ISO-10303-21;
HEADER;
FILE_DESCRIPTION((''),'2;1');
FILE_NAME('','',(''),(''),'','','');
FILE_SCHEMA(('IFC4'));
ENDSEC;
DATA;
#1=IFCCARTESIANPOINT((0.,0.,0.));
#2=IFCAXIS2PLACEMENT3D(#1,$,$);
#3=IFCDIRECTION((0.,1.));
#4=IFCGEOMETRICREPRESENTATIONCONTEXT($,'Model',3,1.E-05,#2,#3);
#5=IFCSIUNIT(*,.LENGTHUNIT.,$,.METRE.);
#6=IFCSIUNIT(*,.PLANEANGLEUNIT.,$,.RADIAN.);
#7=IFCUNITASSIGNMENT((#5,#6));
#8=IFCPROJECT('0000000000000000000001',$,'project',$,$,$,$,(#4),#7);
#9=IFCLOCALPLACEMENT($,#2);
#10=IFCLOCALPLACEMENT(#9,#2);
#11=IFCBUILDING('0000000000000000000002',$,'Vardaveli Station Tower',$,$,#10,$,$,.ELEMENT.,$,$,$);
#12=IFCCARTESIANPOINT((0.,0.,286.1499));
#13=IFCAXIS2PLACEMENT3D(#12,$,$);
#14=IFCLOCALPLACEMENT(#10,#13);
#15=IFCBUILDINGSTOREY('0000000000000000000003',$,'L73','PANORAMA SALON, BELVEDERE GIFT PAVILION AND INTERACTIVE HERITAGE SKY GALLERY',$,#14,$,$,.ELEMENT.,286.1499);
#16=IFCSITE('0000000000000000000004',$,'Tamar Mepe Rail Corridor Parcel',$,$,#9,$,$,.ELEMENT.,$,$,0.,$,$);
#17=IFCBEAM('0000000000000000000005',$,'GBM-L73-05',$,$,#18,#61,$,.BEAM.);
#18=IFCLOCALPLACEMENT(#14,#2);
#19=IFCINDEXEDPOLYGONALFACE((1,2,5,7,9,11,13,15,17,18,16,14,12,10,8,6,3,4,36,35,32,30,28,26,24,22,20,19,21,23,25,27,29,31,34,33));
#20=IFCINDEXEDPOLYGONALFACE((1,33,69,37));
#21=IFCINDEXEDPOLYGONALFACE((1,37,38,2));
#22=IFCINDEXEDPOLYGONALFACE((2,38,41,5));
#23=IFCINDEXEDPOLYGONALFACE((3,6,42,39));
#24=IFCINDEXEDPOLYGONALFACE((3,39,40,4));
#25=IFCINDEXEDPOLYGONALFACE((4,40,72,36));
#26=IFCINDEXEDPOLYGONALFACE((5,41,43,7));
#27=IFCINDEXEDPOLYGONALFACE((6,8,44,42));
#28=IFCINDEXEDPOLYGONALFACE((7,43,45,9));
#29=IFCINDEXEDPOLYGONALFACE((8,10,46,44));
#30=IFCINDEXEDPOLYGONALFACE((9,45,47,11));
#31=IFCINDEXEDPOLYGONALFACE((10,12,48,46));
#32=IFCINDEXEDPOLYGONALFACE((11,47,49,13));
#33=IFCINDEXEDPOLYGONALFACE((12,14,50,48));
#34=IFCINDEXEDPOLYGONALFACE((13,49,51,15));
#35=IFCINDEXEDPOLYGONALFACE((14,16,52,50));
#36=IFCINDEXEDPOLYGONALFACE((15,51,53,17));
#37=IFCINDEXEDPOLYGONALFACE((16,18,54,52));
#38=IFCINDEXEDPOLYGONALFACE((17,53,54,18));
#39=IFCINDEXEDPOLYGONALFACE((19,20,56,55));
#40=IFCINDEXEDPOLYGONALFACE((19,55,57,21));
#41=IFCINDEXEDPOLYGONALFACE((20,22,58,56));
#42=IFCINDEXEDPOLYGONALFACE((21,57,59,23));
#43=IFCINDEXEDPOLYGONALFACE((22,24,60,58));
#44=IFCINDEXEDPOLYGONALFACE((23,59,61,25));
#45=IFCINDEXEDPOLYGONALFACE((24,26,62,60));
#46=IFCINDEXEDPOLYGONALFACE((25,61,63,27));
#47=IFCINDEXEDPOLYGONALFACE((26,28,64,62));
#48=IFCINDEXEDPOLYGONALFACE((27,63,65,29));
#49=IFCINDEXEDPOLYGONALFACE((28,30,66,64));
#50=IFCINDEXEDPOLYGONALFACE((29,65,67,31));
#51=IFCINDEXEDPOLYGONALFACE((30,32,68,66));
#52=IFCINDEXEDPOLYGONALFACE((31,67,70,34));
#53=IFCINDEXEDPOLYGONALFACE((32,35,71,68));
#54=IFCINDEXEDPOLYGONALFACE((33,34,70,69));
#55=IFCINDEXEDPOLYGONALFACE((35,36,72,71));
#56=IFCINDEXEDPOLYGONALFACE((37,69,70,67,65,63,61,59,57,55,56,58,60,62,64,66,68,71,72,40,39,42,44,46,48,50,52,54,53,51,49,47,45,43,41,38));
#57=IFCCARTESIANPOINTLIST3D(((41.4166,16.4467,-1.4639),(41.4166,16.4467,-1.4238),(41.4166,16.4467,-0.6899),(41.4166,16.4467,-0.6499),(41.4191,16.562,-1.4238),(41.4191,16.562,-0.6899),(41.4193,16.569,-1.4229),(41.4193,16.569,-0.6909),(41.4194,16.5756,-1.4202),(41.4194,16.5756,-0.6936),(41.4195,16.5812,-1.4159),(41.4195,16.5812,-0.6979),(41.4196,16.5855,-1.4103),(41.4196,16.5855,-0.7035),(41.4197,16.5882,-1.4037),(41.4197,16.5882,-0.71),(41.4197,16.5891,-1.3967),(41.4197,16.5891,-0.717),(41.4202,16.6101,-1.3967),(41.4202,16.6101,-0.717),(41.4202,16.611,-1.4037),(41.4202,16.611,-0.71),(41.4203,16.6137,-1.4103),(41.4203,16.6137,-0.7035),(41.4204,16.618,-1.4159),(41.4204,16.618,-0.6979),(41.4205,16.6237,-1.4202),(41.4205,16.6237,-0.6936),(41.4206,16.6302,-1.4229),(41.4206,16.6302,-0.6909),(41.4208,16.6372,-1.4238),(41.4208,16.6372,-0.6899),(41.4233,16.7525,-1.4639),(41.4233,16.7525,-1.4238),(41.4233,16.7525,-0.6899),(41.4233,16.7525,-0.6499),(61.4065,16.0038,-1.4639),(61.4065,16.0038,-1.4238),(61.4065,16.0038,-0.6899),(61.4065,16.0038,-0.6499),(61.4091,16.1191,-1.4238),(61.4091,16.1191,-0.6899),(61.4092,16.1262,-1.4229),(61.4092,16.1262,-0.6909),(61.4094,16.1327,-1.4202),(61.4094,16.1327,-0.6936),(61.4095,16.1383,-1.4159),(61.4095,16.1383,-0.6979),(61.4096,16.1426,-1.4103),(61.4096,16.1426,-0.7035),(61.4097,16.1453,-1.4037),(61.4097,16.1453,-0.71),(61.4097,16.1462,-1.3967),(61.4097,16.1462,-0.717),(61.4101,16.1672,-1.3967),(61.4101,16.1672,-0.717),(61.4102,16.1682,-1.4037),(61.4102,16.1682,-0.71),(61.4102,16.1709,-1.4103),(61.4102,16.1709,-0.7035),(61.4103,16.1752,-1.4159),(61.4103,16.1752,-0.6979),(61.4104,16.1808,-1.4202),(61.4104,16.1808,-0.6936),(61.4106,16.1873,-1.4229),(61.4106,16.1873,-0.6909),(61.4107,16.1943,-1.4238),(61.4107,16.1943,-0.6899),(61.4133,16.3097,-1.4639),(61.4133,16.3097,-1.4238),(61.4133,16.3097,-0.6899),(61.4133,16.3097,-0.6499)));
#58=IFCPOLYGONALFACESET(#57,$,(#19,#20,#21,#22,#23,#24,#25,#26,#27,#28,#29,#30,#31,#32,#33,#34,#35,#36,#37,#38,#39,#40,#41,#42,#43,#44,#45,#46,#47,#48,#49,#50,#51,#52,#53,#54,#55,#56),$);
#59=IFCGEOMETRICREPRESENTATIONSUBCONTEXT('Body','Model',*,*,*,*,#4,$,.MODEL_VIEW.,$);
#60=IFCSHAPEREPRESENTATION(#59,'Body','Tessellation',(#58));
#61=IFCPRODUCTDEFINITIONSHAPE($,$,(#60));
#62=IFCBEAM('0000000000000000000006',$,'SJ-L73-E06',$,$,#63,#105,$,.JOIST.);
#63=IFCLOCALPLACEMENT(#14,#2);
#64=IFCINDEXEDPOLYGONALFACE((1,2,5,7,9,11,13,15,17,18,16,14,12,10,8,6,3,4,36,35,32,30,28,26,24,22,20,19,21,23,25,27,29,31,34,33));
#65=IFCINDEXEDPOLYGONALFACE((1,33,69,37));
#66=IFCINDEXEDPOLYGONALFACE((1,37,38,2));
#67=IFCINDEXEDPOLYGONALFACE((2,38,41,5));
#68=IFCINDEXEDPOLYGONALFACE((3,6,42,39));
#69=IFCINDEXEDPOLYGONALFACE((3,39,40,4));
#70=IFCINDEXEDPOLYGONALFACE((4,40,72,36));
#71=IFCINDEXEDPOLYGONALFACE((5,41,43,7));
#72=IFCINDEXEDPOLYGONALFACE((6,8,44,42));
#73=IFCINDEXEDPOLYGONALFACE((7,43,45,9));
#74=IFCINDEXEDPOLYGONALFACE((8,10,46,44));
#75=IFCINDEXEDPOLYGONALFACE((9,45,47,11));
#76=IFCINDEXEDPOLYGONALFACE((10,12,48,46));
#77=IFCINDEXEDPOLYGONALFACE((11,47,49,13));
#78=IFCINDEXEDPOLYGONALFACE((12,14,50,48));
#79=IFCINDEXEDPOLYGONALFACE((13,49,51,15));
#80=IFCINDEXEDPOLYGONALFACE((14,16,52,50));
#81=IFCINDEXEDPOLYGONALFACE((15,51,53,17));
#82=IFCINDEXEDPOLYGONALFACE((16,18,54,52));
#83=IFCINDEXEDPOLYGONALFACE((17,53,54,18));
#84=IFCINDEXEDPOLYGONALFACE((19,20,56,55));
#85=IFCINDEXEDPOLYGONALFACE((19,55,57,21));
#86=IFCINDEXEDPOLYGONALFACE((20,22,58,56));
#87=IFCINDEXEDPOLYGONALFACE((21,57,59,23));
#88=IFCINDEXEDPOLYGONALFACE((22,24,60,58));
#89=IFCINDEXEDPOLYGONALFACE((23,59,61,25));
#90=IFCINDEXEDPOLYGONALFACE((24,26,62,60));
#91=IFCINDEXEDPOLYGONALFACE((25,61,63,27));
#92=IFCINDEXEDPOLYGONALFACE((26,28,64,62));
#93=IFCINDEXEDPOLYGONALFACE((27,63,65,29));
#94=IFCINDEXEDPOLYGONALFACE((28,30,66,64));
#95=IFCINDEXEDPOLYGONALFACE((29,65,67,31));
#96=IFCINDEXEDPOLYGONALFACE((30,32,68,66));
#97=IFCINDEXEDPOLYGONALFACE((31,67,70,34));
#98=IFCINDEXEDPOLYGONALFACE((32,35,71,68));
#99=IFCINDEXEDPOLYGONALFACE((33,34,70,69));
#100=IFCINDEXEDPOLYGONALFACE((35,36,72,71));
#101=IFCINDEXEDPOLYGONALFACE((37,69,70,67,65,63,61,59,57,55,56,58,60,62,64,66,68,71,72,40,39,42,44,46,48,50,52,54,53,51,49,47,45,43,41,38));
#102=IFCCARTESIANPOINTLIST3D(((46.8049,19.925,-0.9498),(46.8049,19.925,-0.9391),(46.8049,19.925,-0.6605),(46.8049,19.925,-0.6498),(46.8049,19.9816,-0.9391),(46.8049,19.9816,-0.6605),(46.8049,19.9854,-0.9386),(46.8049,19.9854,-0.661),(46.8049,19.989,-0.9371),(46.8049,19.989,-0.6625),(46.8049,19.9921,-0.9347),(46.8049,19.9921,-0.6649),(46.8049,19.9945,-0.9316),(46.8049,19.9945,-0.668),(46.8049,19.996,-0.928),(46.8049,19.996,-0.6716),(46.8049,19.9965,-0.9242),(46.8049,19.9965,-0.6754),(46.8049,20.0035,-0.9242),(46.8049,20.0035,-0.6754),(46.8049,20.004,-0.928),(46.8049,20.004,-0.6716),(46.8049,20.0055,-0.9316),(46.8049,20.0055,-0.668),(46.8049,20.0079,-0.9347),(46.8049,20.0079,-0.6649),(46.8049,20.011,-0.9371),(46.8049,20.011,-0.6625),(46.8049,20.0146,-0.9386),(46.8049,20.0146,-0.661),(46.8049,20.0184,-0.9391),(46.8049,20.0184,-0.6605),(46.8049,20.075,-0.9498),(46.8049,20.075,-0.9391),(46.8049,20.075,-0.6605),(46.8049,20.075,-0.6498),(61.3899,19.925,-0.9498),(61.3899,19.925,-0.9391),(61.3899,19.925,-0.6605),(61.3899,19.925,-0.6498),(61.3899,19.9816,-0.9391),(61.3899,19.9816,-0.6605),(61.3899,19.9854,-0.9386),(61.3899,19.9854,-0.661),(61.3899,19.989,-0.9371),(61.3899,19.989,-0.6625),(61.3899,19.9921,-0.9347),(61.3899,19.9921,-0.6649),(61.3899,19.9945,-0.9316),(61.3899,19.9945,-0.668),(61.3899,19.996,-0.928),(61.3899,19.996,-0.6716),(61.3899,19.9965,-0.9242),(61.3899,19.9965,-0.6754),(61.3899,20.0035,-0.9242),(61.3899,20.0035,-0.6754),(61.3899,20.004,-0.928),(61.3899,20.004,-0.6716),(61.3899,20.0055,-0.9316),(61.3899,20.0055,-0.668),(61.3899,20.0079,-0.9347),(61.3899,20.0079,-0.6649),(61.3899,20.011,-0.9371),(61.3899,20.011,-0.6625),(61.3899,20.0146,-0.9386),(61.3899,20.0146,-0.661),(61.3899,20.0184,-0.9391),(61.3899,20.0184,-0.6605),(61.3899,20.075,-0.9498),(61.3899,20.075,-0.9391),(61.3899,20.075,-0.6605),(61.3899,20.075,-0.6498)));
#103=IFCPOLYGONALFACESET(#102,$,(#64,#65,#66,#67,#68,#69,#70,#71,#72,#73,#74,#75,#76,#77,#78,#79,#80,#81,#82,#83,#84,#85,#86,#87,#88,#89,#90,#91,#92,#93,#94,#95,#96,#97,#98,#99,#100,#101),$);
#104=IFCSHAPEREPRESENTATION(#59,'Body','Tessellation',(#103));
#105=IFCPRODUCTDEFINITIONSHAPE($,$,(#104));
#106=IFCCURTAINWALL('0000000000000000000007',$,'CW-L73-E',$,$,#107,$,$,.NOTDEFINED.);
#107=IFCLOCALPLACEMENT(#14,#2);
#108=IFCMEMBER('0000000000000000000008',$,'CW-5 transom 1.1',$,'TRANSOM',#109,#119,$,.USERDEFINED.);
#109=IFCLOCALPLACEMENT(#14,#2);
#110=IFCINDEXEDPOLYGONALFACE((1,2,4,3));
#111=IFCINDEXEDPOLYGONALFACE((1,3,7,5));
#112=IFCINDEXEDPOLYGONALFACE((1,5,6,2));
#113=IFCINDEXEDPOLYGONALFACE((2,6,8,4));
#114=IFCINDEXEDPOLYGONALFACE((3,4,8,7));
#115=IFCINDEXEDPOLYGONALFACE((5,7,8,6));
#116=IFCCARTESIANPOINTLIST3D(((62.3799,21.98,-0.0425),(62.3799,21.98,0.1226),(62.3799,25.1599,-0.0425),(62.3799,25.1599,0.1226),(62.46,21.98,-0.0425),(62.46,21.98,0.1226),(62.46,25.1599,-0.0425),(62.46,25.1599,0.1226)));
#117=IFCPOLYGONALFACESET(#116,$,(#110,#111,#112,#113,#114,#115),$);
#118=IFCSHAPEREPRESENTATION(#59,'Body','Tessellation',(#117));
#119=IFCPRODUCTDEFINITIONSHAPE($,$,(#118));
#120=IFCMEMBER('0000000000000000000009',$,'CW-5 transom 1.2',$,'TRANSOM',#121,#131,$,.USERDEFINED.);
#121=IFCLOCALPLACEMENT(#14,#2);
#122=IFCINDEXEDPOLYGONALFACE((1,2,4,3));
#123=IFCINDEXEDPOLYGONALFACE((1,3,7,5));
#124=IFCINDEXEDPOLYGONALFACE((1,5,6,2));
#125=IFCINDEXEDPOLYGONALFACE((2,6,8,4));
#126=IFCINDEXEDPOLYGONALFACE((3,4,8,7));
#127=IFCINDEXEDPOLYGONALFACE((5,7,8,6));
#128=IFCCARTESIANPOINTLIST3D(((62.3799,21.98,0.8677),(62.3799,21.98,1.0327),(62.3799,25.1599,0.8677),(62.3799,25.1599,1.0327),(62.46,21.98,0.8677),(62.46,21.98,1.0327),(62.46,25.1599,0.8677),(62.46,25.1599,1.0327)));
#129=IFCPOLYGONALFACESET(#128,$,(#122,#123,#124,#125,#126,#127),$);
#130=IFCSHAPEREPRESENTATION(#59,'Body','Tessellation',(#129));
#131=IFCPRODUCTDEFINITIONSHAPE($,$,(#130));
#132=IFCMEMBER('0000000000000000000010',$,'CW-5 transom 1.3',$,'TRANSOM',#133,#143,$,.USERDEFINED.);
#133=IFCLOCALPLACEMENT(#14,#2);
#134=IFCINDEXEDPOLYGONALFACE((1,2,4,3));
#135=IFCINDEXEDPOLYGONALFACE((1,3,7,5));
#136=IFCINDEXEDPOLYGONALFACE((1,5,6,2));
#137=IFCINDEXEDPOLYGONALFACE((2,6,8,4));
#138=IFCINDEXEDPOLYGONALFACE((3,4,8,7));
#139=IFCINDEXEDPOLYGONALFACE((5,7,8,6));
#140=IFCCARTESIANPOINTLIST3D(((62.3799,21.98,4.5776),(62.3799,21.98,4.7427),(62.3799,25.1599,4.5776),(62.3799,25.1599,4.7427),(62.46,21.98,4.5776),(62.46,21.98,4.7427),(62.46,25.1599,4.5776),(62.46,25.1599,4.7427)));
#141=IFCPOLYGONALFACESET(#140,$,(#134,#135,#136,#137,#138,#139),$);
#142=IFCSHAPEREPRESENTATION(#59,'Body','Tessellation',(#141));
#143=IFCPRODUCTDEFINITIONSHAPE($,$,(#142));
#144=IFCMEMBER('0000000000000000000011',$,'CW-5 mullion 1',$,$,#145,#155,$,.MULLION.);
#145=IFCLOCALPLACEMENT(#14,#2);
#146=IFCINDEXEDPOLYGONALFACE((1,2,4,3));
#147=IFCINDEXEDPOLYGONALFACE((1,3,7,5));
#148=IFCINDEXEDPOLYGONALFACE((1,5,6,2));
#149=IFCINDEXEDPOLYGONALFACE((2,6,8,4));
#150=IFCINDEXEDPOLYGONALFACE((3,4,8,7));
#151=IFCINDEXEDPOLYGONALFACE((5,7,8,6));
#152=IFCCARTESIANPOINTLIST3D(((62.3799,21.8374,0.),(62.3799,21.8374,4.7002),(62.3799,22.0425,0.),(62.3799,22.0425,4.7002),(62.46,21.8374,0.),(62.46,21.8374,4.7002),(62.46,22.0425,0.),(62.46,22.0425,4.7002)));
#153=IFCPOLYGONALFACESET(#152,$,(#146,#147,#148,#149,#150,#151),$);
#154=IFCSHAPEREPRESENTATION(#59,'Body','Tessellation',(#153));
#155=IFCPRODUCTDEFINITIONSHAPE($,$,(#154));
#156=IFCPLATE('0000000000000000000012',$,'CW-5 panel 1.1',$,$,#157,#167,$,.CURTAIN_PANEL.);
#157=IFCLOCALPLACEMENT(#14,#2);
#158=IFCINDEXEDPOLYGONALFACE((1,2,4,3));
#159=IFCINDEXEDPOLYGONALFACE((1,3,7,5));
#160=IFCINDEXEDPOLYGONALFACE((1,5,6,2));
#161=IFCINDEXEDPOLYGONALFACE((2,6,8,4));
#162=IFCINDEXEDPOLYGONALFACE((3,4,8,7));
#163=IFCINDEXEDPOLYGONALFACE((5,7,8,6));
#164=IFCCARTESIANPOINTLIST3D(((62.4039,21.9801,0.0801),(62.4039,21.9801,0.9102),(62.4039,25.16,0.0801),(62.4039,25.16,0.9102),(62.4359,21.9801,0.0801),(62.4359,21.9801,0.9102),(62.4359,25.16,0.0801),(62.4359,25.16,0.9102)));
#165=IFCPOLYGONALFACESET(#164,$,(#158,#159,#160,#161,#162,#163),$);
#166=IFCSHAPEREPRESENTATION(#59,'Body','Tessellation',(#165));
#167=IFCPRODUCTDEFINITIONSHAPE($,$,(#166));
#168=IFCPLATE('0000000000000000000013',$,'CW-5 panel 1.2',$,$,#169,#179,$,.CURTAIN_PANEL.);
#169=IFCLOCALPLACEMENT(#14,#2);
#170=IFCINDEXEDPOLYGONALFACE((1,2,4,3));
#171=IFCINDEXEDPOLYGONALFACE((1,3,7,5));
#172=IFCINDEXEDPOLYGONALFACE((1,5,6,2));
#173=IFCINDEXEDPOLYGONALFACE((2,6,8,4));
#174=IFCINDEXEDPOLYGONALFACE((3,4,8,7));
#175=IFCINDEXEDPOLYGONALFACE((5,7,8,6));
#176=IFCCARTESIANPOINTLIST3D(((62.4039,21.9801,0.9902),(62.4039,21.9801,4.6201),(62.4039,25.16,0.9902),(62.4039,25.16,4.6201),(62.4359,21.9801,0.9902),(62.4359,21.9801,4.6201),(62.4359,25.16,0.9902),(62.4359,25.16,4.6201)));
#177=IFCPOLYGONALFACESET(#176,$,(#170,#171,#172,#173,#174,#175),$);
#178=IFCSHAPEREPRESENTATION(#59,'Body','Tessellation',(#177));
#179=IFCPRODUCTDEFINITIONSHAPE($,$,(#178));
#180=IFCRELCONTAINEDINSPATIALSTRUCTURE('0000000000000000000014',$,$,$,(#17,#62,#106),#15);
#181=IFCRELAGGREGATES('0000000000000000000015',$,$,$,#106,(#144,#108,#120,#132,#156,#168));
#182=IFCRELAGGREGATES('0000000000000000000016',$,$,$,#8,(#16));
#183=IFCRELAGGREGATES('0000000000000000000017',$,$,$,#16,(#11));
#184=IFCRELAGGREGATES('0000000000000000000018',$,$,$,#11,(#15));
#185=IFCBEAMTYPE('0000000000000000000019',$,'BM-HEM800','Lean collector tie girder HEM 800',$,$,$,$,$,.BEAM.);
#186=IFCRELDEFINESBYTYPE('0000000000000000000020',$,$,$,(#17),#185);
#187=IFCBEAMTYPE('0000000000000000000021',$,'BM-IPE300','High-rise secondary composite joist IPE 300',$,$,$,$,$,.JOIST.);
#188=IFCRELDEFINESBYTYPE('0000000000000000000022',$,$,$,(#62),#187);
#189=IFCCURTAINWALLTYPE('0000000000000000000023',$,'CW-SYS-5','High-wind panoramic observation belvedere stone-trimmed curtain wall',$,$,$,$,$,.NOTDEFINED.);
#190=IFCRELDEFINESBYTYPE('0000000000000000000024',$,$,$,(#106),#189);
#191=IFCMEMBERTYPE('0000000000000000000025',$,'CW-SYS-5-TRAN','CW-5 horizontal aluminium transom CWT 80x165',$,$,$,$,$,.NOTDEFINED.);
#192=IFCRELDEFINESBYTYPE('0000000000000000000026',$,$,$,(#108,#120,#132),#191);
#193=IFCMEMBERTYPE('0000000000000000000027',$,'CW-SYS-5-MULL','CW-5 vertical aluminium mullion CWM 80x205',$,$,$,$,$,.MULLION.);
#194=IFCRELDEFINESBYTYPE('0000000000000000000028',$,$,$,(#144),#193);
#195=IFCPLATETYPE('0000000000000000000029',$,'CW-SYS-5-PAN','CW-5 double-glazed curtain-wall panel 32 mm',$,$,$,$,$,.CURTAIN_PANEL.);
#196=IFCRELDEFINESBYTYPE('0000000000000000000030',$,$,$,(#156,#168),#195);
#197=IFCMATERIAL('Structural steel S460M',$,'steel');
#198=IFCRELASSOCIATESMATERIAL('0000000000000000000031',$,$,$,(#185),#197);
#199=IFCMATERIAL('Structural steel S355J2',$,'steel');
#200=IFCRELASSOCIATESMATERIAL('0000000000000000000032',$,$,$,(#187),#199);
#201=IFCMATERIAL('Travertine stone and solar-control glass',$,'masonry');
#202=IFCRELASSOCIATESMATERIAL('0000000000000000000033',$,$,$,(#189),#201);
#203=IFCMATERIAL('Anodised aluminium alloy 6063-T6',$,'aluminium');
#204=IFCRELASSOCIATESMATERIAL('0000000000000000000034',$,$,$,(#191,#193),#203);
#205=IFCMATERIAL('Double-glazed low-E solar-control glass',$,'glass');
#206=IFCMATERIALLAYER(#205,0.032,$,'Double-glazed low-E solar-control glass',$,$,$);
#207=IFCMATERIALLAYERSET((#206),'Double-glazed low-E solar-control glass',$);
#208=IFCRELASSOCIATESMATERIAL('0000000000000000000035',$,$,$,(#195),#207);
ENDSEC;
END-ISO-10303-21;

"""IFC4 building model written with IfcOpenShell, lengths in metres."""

from ifc_helpers import new_model, si_unit, direction, frame, origin, origin_2d, place, context, subcontext, project, spatial, rectangle, i_section, extrude, source, transform, mapped, material, layer, layer_set, material_profile, profile_set, type_object, element, aggregate, save


model = new_model("IFC4")

# Units and contexts
model_context = context("Model", 3, precision=1e-05, world=origin(), true_north=direction((0.0, 1.0)))
body_context = subcontext(model_context, "Body", "Model", "MODEL_VIEW")
ifc_project = project(units=[si_unit("LENGTHUNIT", "METRE"), si_unit("PLANEANGLEUNIT", "RADIAN")], contexts=[model_context])

# Site, building, storey
site_placement = place(None, origin())
site = spatial("IfcSite", under=ifc_project, at=site_placement, Name="Tamar Mepe Rail Corridor Parcel", CompositionType="ELEMENT", RefElevation=0.0)
building_placement = place(site_placement, origin())
building = spatial("IfcBuilding", under=site, at=building_placement, Name="Vardaveli Station Tower", CompositionType="ELEMENT")
storey_placement = place(building_placement, frame((0.0, 0.0, 286.1499)))
storey = spatial("IfcBuildingStorey", under=building, at=storey_placement, Name="L73", Description="PANORAMA SALON, BELVEDERE GIFT PAVILION AND INTERACTIVE HERITAGE SKY GALLERY", CompositionType="ELEMENT", Elevation=286.1499)

# Shared definitions
ifc_material_1 = material(Name="Structural steel S355J2", Category="steel")

# Beams
ifc_material_2 = material(Name="Structural steel S460M", Category="steel")
ifc_material_profile_1 = material_profile(ifc_material_2, i_section(OverallWidth=0.3059, OverallDepth=0.814, WebThickness=0.021, FlangeThickness=0.04, FilletRadius=0.0271, at=origin_2d()), Name="HEM 800")
ifc_profile_set_1 = profile_set([ifc_material_profile_1], Name="Structural steel S460M")
beam_type_1 = type_object("IfcBeamType", Name="BM-HEM800", Description="Lean collector tie girder HEM 800", PredefinedType="BEAM", material=ifc_profile_set_1)
shared_shape_1 = source(origin(), body_context, "Body", "SweptSolid", [
    extrude(i_section(OverallWidth=0.3059, OverallDepth=0.814, WebThickness=0.021, FlangeThickness=0.04, FilletRadius=0.0271, at=origin_2d()), origin(), (0.0, 0.0, 1.0), 19.9949),
])
beam_1_placement = place(storey_placement, frame((61.4099, 16.1567, -1.0569), z_axis=(-0.999755, 0.022149, 0.0), x_axis=(-0.022149, -0.999755, 0.0)))
element("IfcBeam", 1, at=beam_1_placement, inside=storey, type_object=beam_type_1, Name="GBM-L73-05", PredefinedType="BEAM", context=body_context, shape_type="MappedRepresentation", body=[
    mapped(shared_shape_1, transform((0.0, 0.0, 0.0), scale=1.0)),
])
ifc_material_profile_2 = material_profile(ifc_material_1, i_section(OverallWidth=0.1499, OverallDepth=0.3, WebThickness=0.0071, FlangeThickness=0.0107, FilletRadius=0.0149, at=origin_2d()), Name="IPE 300")
ifc_profile_set_2 = profile_set([ifc_material_profile_2], Name="Structural steel S355J2")
beam_type_2 = type_object("IfcBeamType", Name="BM-IPE300", Description="High-rise secondary composite joist IPE 300", PredefinedType="JOIST", material=ifc_profile_set_2)
shared_shape_2 = source(origin(), body_context, "Body", "SweptSolid", [
    extrude(i_section(OverallWidth=0.1499, OverallDepth=0.3, WebThickness=0.0071, FlangeThickness=0.0107, FilletRadius=0.0149, at=origin_2d()), origin(), (0.0, 0.0, 1.0), 14.585),
])
beam_2_placement = place(storey_placement, frame((46.8049, 20.0, -0.7998), z_axis=(1.0, 0.0, 0.0), x_axis=(0.0, 1.0, 0.0)))
element("IfcBeam", 2, at=beam_2_placement, inside=storey, type_object=beam_type_2, Name="SJ-L73-E06", PredefinedType="JOIST", context=body_context, shape_type="MappedRepresentation", body=[
    mapped(shared_shape_2, transform((0.0, 0.0, 0.0), scale=1.0)),
])

# Curtain wall, members, plates
ifc_material_3 = material(Name="Travertine stone and solar-control glass", Category="masonry")
curtain_wall_type = type_object("IfcCurtainWallType", Name="CW-SYS-5", Description="High-wind panoramic observation belvedere stone-trimmed curtain wall", PredefinedType="NOTDEFINED", material=ifc_material_3)
curtain_wall_placement = place(storey_placement, origin())
curtain_wall = element("IfcCurtainWall", 3, at=curtain_wall_placement, inside=storey, type_object=curtain_wall_type, Name="CW-L73-E", PredefinedType="NOTDEFINED")
ifc_material_4 = material(Name="Anodised aluminium alloy 6063-T6", Category="aluminium")
ifc_material_profile_3 = material_profile(ifc_material_4, rectangle(XDim=0.0801, YDim=0.165, at=origin_2d()), Name="CWT 80x165")
ifc_profile_set_3 = profile_set([ifc_material_profile_3], Name="Anodised aluminium alloy 6063-T6")
member_type_1 = type_object("IfcMemberType", Name="CW-SYS-5-TRAN", Description="CW-5 horizontal aluminium transom CWT 80x165", PredefinedType="NOTDEFINED", material=ifc_profile_set_3)
shared_shape_3 = source(origin(), body_context, "Body", "SweptSolid", [
    extrude(rectangle(XDim=0.0801, YDim=0.165, at=origin_2d()), origin(), (0.0, 0.0, 1.0), 3.1799),
])
member_1_placement = place(storey_placement, frame((62.4199, 21.98, 0.04), z_axis=(0.0, 1.0, 0.0), x_axis=(-1.0, 0.0, 0.0)))
member_1 = element("IfcMember", 4, at=member_1_placement, type_object=member_type_1, Name="CW-5 transom 1.1", ObjectType="TRANSOM", PredefinedType="USERDEFINED", context=body_context, shape_type="MappedRepresentation", body=[
    mapped(shared_shape_3, transform((0.0, 0.0, 0.0), scale=1.0)),
])
member_2_placement = place(storey_placement, frame((62.4199, 21.98, 0.9502), z_axis=(0.0, 1.0, 0.0), x_axis=(-1.0, 0.0, 0.0)))
member_2 = element("IfcMember", 5, at=member_2_placement, type_object=member_type_1, Name="CW-5 transom 1.2", ObjectType="TRANSOM", PredefinedType="USERDEFINED", context=body_context, shape_type="MappedRepresentation", body=[
    mapped(shared_shape_3, transform((0.0, 0.0, 0.0), scale=1.0)),
])
member_3_placement = place(storey_placement, frame((62.4199, 21.98, 4.6602), z_axis=(0.0, 1.0, 0.0), x_axis=(-1.0, 0.0, 0.0)))
member_3 = element("IfcMember", 6, at=member_3_placement, type_object=member_type_1, Name="CW-5 transom 1.3", ObjectType="TRANSOM", PredefinedType="USERDEFINED", context=body_context, shape_type="MappedRepresentation", body=[
    mapped(shared_shape_3, transform((0.0, 0.0, 0.0), scale=1.0)),
])
ifc_material_profile_4 = material_profile(ifc_material_4, rectangle(XDim=0.0801, YDim=0.2051, at=origin_2d()), Name="CWM 80x205")
ifc_profile_set_4 = profile_set([ifc_material_profile_4], Name="Anodised aluminium alloy 6063-T6")
member_type_2 = type_object("IfcMemberType", Name="CW-SYS-5-MULL", Description="CW-5 vertical aluminium mullion CWM 80x205", PredefinedType="MULLION", material=ifc_profile_set_4)
shared_shape_4 = source(origin(), body_context, "Body", "SweptSolid", [
    extrude(rectangle(XDim=0.0801, YDim=0.2051, at=origin_2d()), origin(), (0.0, 0.0, 1.0), 4.7002),
])
member_4_placement = place(storey_placement, frame((62.4199, 21.9399, 0.0), z_axis=(0.0, 0.0, 1.0), x_axis=(-1.0, 0.0, 0.0)))
member_4 = element("IfcMember", 7, at=member_4_placement, type_object=member_type_2, Name="CW-5 mullion 1", PredefinedType="MULLION", context=body_context, shape_type="MappedRepresentation", body=[
    mapped(shared_shape_4, transform((0.0, 0.0, 0.0), scale=1.0)),
])
ifc_material_5 = material(Name="Double-glazed low-E solar-control glass", Category="glass")
ifc_layer_1 = layer(ifc_material_5, 0.032, Name="Double-glazed low-E solar-control glass")
ifc_layer_set_1 = layer_set([ifc_layer_1], Name="Double-glazed low-E solar-control glass")
plate_type = type_object("IfcPlateType", Name="CW-SYS-5-PAN", Description="CW-5 double-glazed curtain-wall panel 32 mm", PredefinedType="CURTAIN_PANEL", material=ifc_layer_set_1)
shared_shape_5 = source(origin(), body_context, "Body", "SweptSolid", [
    extrude(rectangle(XDim=3.1799, YDim=0.032, at=origin_2d()), origin(), (0.0, 0.0, 1.0), 0.8301),
])
plate_1_placement = place(storey_placement, frame((62.4199, 23.5701, 0.0801), z_axis=(0.0, 0.0, 1.0), x_axis=(0.0, 1.0, 0.0)))
plate_1 = element("IfcPlate", 8, at=plate_1_placement, type_object=plate_type, Name="CW-5 panel 1.1", PredefinedType="CURTAIN_PANEL", context=body_context, shape_type="MappedRepresentation", body=[
    mapped(shared_shape_5, transform((0.0, 0.0, 0.0), scale=1.0)),
])
shared_shape_6 = source(origin(), body_context, "Body", "SweptSolid", [
    extrude(rectangle(XDim=3.1799, YDim=0.032, at=origin_2d()), origin(), (0.0, 0.0, 1.0), 3.6299),
])
plate_2_placement = place(storey_placement, frame((62.4199, 23.5701, 0.9902), z_axis=(0.0, 0.0, 1.0), x_axis=(0.0, 1.0, 0.0)))
plate_2 = element("IfcPlate", 9, at=plate_2_placement, type_object=plate_type, Name="CW-5 panel 1.2", PredefinedType="CURTAIN_PANEL", context=body_context, shape_type="MappedRepresentation", body=[
    mapped(shared_shape_6, transform((0.0, 0.0, 0.0), scale=1.0)),
])
aggregate(curtain_wall, [member_4, member_1, member_2, member_3, plate_1, plate_2])

save(model, "model.ifc")
